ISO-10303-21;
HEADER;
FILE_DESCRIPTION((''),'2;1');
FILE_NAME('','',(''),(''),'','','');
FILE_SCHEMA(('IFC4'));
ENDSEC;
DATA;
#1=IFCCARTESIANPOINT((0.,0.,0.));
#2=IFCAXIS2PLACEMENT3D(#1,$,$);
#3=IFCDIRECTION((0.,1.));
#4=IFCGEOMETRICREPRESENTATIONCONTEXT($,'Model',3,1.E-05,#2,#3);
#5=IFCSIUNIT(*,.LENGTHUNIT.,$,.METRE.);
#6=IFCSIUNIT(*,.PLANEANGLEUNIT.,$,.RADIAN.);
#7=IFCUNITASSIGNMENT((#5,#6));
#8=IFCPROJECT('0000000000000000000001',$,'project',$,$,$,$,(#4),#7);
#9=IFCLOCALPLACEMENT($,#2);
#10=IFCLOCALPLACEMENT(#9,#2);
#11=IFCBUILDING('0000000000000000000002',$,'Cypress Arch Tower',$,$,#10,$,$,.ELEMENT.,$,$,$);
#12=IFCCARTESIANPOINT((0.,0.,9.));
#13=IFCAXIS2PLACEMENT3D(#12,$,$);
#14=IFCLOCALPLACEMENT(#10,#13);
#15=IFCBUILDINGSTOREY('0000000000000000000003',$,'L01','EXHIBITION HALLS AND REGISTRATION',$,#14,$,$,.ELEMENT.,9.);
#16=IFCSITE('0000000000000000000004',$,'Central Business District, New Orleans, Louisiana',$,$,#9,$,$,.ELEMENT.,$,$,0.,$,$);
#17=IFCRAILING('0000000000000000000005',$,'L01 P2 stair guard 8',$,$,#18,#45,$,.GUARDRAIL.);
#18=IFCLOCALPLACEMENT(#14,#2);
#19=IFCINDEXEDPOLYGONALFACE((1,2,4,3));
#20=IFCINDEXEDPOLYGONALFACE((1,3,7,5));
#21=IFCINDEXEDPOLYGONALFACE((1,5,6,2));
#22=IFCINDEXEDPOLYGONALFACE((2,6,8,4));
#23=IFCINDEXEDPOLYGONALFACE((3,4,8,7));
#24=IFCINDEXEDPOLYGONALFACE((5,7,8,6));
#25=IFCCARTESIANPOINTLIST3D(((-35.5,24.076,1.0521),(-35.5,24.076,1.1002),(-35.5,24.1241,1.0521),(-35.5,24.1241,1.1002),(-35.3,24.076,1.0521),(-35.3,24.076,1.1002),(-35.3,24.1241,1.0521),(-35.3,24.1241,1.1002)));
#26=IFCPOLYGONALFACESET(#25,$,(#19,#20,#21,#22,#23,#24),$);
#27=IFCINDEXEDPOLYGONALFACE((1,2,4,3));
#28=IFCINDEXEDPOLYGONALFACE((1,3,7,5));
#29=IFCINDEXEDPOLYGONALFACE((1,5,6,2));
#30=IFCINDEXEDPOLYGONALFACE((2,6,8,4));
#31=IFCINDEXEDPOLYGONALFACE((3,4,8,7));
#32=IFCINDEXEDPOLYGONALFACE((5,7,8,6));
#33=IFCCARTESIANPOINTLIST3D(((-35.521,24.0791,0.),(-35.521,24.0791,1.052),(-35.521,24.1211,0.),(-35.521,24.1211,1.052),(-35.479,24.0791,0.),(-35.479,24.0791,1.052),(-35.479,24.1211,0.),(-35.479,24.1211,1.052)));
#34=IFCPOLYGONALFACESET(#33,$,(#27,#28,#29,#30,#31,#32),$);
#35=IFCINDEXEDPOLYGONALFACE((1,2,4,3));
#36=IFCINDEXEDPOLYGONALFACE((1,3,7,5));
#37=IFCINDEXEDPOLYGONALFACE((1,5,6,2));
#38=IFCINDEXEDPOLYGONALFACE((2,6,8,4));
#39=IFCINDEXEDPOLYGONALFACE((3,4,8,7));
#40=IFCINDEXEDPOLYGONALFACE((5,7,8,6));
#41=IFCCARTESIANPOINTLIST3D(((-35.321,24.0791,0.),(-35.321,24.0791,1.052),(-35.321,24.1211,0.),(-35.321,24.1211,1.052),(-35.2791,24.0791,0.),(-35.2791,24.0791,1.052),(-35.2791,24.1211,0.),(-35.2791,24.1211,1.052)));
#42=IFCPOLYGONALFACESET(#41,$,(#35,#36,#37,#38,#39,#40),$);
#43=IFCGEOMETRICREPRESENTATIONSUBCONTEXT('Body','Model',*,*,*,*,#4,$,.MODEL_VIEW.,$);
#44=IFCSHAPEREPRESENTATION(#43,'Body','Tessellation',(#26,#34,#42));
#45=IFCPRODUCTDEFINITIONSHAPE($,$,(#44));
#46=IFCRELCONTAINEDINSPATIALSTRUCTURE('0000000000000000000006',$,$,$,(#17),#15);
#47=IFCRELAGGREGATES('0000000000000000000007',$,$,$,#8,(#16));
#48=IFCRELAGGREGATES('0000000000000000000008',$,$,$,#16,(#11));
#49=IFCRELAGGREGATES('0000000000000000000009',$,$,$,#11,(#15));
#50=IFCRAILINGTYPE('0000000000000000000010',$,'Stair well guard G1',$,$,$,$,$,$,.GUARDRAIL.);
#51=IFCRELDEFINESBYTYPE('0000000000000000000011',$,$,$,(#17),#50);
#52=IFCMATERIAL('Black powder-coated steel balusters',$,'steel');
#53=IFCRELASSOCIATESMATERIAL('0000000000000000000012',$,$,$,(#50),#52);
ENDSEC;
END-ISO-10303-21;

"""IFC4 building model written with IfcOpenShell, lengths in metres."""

from ifc_helpers import new_model, si_unit, direction, frame, origin, origin_2d, place, context, subcontext, project, spatial, rectangle, extrude, material, type_object, element, save


model = new_model("IFC4")

# Units and contexts
model_context = context("Model", 3, precision=1e-05, world=origin(), true_north=direction((0.0, 1.0)))
body_context = subcontext(model_context, "Body", "Model", "MODEL_VIEW")
ifc_project = project(units=[si_unit("LENGTHUNIT", "METRE"), si_unit("PLANEANGLEUNIT", "RADIAN")], contexts=[model_context])

# Site, building, storey
site_placement = place(None, origin())
site = spatial("IfcSite", under=ifc_project, at=site_placement, Name="Central Business District, New Orleans, Louisiana", CompositionType="ELEMENT", RefElevation=0.0)
building_placement = place(site_placement, origin())
building = spatial("IfcBuilding", under=site, at=building_placement, Name="Cypress Arch Tower", CompositionType="ELEMENT")
storey_placement = place(building_placement, frame((0.0, 0.0, 9.0)))
storey = spatial("IfcBuildingStorey", under=building, at=storey_placement, Name="L01", Description="EXHIBITION HALLS AND REGISTRATION", CompositionType="ELEMENT", Elevation=9.0)

# Railing
ifc_material_1 = material(Name="Black powder-coated steel balusters", Category="steel")
railing_type_1 = type_object("IfcRailingType", Name="Stair well guard G1", PredefinedType="GUARDRAIL", material=ifc_material_1)
railing_1_placement = place(storey_placement, frame((-35.5, 24.1001, 0.0)))
element("IfcRailing", 1, at=railing_1_placement, inside=storey, type_object=railing_type_1, Name="L01 P2 stair guard 8", PredefinedType="GUARDRAIL", context=body_context, shape_type="SweptSolid", body=[
    extrude(rectangle(XDim=0.0481, YDim=0.0481, at=origin_2d()), frame((0.0, 0.0, 1.0762), z_axis=(1.0, 0.0, 0.0), x_axis=(0.0, 1.0, 0.0)), (0.0, 0.0, 1.0), 0.2),
    extrude(rectangle(XDim=0.042, YDim=0.042, at=origin_2d()), origin(), (0.0, 0.0, 1.0), 1.052),
    extrude(rectangle(XDim=0.042, YDim=0.042, at=origin_2d()), frame((0.2, 0.0, 0.0)), (0.0, 0.0, 1.0), 1.052),
])

save(model, "model.ifc")
